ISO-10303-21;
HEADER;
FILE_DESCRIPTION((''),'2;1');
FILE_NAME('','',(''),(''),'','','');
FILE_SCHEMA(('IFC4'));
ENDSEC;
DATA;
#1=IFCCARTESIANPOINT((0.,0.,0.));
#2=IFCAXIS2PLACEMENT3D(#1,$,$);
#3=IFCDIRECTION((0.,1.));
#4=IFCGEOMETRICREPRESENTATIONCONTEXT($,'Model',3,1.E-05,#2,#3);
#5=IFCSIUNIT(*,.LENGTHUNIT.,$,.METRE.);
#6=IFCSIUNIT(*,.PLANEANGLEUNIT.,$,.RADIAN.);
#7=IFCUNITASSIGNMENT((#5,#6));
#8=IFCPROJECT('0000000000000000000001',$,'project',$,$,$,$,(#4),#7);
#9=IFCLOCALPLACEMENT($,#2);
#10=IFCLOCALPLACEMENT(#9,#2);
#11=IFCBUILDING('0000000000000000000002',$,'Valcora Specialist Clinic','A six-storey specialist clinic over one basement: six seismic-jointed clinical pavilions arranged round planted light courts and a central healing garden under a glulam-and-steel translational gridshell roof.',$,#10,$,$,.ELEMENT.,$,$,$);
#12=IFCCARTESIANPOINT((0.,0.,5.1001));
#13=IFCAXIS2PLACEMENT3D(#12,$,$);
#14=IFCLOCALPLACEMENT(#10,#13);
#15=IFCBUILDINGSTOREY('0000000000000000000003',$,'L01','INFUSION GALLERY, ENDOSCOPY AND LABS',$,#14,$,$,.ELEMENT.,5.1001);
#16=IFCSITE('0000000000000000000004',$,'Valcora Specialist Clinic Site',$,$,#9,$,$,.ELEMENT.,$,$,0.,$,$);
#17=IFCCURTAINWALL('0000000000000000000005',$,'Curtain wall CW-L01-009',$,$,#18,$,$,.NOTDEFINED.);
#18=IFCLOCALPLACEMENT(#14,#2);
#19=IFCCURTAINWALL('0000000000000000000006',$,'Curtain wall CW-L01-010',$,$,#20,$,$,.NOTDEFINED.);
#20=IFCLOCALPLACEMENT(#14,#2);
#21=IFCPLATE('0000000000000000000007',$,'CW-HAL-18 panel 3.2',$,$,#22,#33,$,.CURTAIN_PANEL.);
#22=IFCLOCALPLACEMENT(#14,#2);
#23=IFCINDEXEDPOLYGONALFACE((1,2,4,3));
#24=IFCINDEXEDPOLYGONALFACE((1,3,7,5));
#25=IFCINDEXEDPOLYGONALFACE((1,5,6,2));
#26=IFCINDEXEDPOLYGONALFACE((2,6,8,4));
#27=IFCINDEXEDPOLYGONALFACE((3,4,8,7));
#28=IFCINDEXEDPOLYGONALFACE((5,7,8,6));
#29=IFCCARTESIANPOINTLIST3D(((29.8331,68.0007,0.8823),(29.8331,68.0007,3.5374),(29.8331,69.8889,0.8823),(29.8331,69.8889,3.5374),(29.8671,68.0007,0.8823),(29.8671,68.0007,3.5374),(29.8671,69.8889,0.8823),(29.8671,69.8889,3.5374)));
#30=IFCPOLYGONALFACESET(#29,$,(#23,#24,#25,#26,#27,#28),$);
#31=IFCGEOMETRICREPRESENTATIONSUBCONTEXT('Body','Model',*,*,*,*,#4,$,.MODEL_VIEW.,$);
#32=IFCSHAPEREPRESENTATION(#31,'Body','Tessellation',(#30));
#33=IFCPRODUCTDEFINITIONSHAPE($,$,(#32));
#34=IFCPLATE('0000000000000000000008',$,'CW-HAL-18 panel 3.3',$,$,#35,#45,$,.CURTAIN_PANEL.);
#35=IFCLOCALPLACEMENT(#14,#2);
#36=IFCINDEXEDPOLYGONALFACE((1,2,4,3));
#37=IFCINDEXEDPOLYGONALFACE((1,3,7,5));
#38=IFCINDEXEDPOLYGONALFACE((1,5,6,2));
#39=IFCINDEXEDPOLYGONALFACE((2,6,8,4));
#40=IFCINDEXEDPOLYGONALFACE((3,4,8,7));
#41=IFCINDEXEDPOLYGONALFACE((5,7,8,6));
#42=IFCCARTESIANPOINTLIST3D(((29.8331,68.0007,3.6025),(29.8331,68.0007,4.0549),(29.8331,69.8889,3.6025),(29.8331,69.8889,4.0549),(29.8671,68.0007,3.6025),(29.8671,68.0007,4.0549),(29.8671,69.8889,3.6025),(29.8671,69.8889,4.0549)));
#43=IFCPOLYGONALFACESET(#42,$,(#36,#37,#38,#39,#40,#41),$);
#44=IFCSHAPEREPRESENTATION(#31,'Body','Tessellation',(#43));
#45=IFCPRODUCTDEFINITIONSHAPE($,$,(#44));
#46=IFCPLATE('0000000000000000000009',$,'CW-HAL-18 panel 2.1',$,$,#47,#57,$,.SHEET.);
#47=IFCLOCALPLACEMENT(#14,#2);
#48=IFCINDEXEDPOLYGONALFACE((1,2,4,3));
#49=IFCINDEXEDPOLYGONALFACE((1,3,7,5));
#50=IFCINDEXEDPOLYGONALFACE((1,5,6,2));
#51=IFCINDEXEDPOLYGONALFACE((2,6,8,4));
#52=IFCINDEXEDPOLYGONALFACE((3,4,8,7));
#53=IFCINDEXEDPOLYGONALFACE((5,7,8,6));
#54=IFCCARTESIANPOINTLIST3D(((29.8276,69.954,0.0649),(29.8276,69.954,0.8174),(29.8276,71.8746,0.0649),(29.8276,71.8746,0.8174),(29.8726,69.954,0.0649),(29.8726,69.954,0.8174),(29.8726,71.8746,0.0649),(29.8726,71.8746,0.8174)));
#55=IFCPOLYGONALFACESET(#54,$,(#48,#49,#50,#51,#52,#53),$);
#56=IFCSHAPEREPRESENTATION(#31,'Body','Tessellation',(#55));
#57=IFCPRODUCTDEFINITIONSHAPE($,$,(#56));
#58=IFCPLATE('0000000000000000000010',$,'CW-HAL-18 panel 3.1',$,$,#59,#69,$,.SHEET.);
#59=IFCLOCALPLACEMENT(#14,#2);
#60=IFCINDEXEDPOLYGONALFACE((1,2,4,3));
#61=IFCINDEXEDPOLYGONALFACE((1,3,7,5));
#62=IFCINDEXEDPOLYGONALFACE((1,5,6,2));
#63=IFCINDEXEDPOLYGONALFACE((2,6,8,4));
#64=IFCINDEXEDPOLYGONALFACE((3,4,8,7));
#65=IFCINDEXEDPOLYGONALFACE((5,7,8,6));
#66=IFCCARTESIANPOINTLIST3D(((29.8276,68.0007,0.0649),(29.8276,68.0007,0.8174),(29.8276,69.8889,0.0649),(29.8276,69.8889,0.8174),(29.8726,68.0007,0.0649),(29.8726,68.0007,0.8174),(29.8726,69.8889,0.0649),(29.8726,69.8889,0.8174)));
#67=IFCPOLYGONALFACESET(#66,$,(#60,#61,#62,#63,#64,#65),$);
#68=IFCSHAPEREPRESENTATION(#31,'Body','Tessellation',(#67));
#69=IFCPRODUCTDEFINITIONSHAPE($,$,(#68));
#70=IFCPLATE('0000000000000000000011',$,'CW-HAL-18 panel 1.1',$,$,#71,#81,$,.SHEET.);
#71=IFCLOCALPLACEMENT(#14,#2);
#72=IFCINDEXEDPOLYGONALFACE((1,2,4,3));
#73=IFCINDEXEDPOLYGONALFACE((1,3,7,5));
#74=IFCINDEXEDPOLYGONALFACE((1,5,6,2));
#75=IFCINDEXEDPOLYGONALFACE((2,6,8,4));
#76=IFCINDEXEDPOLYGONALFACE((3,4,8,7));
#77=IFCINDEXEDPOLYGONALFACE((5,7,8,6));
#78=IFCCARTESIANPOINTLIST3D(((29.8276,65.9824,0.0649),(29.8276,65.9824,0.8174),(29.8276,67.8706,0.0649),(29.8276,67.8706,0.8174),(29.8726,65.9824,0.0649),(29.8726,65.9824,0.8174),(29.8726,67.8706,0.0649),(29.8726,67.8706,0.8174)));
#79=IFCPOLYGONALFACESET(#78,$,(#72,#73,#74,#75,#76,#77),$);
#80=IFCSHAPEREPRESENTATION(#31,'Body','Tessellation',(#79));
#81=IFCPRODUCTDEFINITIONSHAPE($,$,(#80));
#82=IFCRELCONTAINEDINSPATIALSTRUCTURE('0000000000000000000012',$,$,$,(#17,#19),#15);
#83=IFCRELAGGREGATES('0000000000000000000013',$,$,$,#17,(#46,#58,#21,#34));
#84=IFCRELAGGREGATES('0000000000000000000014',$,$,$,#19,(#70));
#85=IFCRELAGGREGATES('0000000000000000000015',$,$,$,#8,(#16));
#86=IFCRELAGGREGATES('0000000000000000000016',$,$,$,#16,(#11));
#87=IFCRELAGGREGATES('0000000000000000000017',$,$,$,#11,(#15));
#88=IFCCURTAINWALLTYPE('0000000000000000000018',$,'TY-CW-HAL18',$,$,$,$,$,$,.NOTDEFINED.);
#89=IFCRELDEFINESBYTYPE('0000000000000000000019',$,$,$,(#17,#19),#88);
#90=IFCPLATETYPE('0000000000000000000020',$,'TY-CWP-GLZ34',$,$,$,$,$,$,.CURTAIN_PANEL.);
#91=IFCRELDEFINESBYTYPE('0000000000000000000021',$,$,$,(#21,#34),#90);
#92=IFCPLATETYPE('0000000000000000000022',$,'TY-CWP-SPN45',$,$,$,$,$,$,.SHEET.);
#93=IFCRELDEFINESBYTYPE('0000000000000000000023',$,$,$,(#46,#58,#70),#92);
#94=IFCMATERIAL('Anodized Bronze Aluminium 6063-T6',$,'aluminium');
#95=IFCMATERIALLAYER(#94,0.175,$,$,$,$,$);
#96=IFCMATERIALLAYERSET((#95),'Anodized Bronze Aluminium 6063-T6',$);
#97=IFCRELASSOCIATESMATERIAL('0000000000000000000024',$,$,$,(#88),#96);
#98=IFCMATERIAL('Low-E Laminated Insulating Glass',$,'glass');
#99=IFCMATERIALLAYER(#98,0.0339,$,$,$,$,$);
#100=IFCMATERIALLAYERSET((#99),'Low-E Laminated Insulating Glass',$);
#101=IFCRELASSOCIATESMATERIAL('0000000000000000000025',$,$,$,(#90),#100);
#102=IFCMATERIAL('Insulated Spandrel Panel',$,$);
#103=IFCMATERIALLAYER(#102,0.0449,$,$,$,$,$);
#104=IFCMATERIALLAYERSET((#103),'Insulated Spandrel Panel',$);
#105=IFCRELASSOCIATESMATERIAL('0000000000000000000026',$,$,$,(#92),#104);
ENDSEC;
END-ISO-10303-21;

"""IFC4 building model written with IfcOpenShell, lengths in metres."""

from ifc_helpers import new_model, si_unit, direction, frame, origin, origin_2d, place, context, subcontext, project, spatial, rectangle, extrude, material, layer, layer_set, type_object, element, aggregate, save


model = new_model("IFC4")

# Units and contexts
model_context = context("Model", 3, precision=1e-05, world=origin(), true_north=direction((0.0, 1.0)))
body_context = subcontext(model_context, "Body", "Model", "MODEL_VIEW")
ifc_project = project(units=[si_unit("LENGTHUNIT", "METRE"), si_unit("PLANEANGLEUNIT", "RADIAN")], contexts=[model_context])

# Site, building, storey
site_placement = place(None, origin())
site = spatial("IfcSite", under=ifc_project, at=site_placement, Name="Valcora Specialist Clinic Site", CompositionType="ELEMENT", RefElevation=0.0)
building_placement = place(site_placement, origin())
building = spatial("IfcBuilding", under=site, at=building_placement, Name="Valcora Specialist Clinic", Description="A six-storey specialist clinic over one basement: six seismic-jointed clinical pavilions arranged round planted light courts and a central healing garden under a glulam-and-steel translational gridshell roof.", CompositionType="ELEMENT")
storey_placement = place(building_placement, frame((0.0, 0.0, 5.1001)))
storey = spatial("IfcBuildingStorey", under=building, at=storey_placement, Name="L01", Description="INFUSION GALLERY, ENDOSCOPY AND LABS", CompositionType="ELEMENT", Elevation=5.1001)

# Curtain walls
ifc_material_1 = material(Name="Anodized Bronze Aluminium 6063-T6", Category="aluminium")
ifc_layer_1 = layer(ifc_material_1, 0.175)
ifc_layer_set_1 = layer_set([ifc_layer_1], Name="Anodized Bronze Aluminium 6063-T6")
curtain_wall_type = type_object("IfcCurtainWallType", Name="TY-CW-HAL18", PredefinedType="NOTDEFINED", material=ifc_layer_set_1)
curtain_wall_1_placement = place(storey_placement, origin())
curtain_wall_1 = element("IfcCurtainWall", 1, at=curtain_wall_1_placement, inside=storey, type_object=curtain_wall_type, Name="Curtain wall CW-L01-009", PredefinedType="NOTDEFINED")
curtain_wall_2_placement = place(storey_placement, origin())
curtain_wall_2 = element("IfcCurtainWall", 2, at=curtain_wall_2_placement, inside=storey, type_object=curtain_wall_type, Name="Curtain wall CW-L01-010", PredefinedType="NOTDEFINED")

# Plates
ifc_material_2 = material(Name="Low-E Laminated Insulating Glass", Category="glass")
ifc_layer_2 = layer(ifc_material_2, 0.0339)
ifc_layer_set_2 = layer_set([ifc_layer_2], Name="Low-E Laminated Insulating Glass")
plate_type_1 = type_object("IfcPlateType", Name="TY-CWP-GLZ34", PredefinedType="CURTAIN_PANEL", material=ifc_layer_set_2)
plate_1_placement = place(storey_placement, frame((29.8501, 68.9448, 0.8823), z_axis=(0.0, 0.0, 1.0), x_axis=(0.0, -1.0, 0.0)))
plate_1 = element("IfcPlate", 3, at=plate_1_placement, type_object=plate_type_1, Name="CW-HAL-18 panel 3.2", PredefinedType="CURTAIN_PANEL", context=body_context, shape_type="SweptSolid", body=[
    extrude(rectangle(XDim=1.8882, YDim=0.0339, at=origin_2d()), origin(), (0.0, 0.0, 1.0), 2.655),
])
plate_2_placement = place(storey_placement, frame((29.8501, 68.9448, 3.6025), z_axis=(0.0, 0.0, 1.0), x_axis=(0.0, -1.0, 0.0)))
plate_2 = element("IfcPlate", 4, at=plate_2_placement, type_object=plate_type_1, Name="CW-HAL-18 panel 3.3", PredefinedType="CURTAIN_PANEL", context=body_context, shape_type="SweptSolid", body=[
    extrude(rectangle(XDim=1.8882, YDim=0.0339, at=origin_2d()), origin(), (0.0, 0.0, 1.0), 0.4524),
])
ifc_material_3 = material(Name="Insulated Spandrel Panel")
ifc_layer_3 = layer(ifc_material_3, 0.0449)
ifc_layer_set_3 = layer_set([ifc_layer_3], Name="Insulated Spandrel Panel")
plate_type_2 = type_object("IfcPlateType", Name="TY-CWP-SPN45", PredefinedType="SHEET", material=ifc_layer_set_3)
plate_3_placement = place(storey_placement, frame((29.8501, 70.9143, 0.0649), z_axis=(0.0, 0.0, 1.0), x_axis=(0.0, -1.0, 0.0)))
plate_3 = element("IfcPlate", 5, at=plate_3_placement, type_object=plate_type_2, Name="CW-HAL-18 panel 2.1", PredefinedType="SHEET", context=body_context, shape_type="SweptSolid", body=[
    extrude(rectangle(XDim=1.9207, YDim=0.0449, at=origin_2d()), origin(), (0.0, 0.0, 1.0), 0.7524),
])
plate_4_placement = place(storey_placement, frame((29.8501, 68.9448, 0.0649), z_axis=(0.0, 0.0, 1.0), x_axis=(0.0, -1.0, 0.0)))
plate_4 = element("IfcPlate", 6, at=plate_4_placement, type_object=plate_type_2, Name="CW-HAL-18 panel 3.1", PredefinedType="SHEET", context=body_context, shape_type="SweptSolid", body=[
    extrude(rectangle(XDim=1.8882, YDim=0.0449, at=origin_2d()), origin(), (0.0, 0.0, 1.0), 0.7524),
])
aggregate(curtain_wall_1, [plate_3, plate_4, plate_1, plate_2])
plate_5_placement = place(storey_placement, frame((29.8501, 66.9265, 0.0649), z_axis=(0.0, 0.0, 1.0), x_axis=(0.0, -1.0, 0.0)))
plate_5 = element("IfcPlate", 7, at=plate_5_placement, type_object=plate_type_2, Name="CW-HAL-18 panel 1.1", PredefinedType="SHEET", context=body_context, shape_type="SweptSolid", body=[
    extrude(rectangle(XDim=1.8882, YDim=0.0449, at=origin_2d()), origin(), (0.0, 0.0, 1.0), 0.7524),
])
aggregate(curtain_wall_2, [plate_5])

save(model, "model.ifc")
